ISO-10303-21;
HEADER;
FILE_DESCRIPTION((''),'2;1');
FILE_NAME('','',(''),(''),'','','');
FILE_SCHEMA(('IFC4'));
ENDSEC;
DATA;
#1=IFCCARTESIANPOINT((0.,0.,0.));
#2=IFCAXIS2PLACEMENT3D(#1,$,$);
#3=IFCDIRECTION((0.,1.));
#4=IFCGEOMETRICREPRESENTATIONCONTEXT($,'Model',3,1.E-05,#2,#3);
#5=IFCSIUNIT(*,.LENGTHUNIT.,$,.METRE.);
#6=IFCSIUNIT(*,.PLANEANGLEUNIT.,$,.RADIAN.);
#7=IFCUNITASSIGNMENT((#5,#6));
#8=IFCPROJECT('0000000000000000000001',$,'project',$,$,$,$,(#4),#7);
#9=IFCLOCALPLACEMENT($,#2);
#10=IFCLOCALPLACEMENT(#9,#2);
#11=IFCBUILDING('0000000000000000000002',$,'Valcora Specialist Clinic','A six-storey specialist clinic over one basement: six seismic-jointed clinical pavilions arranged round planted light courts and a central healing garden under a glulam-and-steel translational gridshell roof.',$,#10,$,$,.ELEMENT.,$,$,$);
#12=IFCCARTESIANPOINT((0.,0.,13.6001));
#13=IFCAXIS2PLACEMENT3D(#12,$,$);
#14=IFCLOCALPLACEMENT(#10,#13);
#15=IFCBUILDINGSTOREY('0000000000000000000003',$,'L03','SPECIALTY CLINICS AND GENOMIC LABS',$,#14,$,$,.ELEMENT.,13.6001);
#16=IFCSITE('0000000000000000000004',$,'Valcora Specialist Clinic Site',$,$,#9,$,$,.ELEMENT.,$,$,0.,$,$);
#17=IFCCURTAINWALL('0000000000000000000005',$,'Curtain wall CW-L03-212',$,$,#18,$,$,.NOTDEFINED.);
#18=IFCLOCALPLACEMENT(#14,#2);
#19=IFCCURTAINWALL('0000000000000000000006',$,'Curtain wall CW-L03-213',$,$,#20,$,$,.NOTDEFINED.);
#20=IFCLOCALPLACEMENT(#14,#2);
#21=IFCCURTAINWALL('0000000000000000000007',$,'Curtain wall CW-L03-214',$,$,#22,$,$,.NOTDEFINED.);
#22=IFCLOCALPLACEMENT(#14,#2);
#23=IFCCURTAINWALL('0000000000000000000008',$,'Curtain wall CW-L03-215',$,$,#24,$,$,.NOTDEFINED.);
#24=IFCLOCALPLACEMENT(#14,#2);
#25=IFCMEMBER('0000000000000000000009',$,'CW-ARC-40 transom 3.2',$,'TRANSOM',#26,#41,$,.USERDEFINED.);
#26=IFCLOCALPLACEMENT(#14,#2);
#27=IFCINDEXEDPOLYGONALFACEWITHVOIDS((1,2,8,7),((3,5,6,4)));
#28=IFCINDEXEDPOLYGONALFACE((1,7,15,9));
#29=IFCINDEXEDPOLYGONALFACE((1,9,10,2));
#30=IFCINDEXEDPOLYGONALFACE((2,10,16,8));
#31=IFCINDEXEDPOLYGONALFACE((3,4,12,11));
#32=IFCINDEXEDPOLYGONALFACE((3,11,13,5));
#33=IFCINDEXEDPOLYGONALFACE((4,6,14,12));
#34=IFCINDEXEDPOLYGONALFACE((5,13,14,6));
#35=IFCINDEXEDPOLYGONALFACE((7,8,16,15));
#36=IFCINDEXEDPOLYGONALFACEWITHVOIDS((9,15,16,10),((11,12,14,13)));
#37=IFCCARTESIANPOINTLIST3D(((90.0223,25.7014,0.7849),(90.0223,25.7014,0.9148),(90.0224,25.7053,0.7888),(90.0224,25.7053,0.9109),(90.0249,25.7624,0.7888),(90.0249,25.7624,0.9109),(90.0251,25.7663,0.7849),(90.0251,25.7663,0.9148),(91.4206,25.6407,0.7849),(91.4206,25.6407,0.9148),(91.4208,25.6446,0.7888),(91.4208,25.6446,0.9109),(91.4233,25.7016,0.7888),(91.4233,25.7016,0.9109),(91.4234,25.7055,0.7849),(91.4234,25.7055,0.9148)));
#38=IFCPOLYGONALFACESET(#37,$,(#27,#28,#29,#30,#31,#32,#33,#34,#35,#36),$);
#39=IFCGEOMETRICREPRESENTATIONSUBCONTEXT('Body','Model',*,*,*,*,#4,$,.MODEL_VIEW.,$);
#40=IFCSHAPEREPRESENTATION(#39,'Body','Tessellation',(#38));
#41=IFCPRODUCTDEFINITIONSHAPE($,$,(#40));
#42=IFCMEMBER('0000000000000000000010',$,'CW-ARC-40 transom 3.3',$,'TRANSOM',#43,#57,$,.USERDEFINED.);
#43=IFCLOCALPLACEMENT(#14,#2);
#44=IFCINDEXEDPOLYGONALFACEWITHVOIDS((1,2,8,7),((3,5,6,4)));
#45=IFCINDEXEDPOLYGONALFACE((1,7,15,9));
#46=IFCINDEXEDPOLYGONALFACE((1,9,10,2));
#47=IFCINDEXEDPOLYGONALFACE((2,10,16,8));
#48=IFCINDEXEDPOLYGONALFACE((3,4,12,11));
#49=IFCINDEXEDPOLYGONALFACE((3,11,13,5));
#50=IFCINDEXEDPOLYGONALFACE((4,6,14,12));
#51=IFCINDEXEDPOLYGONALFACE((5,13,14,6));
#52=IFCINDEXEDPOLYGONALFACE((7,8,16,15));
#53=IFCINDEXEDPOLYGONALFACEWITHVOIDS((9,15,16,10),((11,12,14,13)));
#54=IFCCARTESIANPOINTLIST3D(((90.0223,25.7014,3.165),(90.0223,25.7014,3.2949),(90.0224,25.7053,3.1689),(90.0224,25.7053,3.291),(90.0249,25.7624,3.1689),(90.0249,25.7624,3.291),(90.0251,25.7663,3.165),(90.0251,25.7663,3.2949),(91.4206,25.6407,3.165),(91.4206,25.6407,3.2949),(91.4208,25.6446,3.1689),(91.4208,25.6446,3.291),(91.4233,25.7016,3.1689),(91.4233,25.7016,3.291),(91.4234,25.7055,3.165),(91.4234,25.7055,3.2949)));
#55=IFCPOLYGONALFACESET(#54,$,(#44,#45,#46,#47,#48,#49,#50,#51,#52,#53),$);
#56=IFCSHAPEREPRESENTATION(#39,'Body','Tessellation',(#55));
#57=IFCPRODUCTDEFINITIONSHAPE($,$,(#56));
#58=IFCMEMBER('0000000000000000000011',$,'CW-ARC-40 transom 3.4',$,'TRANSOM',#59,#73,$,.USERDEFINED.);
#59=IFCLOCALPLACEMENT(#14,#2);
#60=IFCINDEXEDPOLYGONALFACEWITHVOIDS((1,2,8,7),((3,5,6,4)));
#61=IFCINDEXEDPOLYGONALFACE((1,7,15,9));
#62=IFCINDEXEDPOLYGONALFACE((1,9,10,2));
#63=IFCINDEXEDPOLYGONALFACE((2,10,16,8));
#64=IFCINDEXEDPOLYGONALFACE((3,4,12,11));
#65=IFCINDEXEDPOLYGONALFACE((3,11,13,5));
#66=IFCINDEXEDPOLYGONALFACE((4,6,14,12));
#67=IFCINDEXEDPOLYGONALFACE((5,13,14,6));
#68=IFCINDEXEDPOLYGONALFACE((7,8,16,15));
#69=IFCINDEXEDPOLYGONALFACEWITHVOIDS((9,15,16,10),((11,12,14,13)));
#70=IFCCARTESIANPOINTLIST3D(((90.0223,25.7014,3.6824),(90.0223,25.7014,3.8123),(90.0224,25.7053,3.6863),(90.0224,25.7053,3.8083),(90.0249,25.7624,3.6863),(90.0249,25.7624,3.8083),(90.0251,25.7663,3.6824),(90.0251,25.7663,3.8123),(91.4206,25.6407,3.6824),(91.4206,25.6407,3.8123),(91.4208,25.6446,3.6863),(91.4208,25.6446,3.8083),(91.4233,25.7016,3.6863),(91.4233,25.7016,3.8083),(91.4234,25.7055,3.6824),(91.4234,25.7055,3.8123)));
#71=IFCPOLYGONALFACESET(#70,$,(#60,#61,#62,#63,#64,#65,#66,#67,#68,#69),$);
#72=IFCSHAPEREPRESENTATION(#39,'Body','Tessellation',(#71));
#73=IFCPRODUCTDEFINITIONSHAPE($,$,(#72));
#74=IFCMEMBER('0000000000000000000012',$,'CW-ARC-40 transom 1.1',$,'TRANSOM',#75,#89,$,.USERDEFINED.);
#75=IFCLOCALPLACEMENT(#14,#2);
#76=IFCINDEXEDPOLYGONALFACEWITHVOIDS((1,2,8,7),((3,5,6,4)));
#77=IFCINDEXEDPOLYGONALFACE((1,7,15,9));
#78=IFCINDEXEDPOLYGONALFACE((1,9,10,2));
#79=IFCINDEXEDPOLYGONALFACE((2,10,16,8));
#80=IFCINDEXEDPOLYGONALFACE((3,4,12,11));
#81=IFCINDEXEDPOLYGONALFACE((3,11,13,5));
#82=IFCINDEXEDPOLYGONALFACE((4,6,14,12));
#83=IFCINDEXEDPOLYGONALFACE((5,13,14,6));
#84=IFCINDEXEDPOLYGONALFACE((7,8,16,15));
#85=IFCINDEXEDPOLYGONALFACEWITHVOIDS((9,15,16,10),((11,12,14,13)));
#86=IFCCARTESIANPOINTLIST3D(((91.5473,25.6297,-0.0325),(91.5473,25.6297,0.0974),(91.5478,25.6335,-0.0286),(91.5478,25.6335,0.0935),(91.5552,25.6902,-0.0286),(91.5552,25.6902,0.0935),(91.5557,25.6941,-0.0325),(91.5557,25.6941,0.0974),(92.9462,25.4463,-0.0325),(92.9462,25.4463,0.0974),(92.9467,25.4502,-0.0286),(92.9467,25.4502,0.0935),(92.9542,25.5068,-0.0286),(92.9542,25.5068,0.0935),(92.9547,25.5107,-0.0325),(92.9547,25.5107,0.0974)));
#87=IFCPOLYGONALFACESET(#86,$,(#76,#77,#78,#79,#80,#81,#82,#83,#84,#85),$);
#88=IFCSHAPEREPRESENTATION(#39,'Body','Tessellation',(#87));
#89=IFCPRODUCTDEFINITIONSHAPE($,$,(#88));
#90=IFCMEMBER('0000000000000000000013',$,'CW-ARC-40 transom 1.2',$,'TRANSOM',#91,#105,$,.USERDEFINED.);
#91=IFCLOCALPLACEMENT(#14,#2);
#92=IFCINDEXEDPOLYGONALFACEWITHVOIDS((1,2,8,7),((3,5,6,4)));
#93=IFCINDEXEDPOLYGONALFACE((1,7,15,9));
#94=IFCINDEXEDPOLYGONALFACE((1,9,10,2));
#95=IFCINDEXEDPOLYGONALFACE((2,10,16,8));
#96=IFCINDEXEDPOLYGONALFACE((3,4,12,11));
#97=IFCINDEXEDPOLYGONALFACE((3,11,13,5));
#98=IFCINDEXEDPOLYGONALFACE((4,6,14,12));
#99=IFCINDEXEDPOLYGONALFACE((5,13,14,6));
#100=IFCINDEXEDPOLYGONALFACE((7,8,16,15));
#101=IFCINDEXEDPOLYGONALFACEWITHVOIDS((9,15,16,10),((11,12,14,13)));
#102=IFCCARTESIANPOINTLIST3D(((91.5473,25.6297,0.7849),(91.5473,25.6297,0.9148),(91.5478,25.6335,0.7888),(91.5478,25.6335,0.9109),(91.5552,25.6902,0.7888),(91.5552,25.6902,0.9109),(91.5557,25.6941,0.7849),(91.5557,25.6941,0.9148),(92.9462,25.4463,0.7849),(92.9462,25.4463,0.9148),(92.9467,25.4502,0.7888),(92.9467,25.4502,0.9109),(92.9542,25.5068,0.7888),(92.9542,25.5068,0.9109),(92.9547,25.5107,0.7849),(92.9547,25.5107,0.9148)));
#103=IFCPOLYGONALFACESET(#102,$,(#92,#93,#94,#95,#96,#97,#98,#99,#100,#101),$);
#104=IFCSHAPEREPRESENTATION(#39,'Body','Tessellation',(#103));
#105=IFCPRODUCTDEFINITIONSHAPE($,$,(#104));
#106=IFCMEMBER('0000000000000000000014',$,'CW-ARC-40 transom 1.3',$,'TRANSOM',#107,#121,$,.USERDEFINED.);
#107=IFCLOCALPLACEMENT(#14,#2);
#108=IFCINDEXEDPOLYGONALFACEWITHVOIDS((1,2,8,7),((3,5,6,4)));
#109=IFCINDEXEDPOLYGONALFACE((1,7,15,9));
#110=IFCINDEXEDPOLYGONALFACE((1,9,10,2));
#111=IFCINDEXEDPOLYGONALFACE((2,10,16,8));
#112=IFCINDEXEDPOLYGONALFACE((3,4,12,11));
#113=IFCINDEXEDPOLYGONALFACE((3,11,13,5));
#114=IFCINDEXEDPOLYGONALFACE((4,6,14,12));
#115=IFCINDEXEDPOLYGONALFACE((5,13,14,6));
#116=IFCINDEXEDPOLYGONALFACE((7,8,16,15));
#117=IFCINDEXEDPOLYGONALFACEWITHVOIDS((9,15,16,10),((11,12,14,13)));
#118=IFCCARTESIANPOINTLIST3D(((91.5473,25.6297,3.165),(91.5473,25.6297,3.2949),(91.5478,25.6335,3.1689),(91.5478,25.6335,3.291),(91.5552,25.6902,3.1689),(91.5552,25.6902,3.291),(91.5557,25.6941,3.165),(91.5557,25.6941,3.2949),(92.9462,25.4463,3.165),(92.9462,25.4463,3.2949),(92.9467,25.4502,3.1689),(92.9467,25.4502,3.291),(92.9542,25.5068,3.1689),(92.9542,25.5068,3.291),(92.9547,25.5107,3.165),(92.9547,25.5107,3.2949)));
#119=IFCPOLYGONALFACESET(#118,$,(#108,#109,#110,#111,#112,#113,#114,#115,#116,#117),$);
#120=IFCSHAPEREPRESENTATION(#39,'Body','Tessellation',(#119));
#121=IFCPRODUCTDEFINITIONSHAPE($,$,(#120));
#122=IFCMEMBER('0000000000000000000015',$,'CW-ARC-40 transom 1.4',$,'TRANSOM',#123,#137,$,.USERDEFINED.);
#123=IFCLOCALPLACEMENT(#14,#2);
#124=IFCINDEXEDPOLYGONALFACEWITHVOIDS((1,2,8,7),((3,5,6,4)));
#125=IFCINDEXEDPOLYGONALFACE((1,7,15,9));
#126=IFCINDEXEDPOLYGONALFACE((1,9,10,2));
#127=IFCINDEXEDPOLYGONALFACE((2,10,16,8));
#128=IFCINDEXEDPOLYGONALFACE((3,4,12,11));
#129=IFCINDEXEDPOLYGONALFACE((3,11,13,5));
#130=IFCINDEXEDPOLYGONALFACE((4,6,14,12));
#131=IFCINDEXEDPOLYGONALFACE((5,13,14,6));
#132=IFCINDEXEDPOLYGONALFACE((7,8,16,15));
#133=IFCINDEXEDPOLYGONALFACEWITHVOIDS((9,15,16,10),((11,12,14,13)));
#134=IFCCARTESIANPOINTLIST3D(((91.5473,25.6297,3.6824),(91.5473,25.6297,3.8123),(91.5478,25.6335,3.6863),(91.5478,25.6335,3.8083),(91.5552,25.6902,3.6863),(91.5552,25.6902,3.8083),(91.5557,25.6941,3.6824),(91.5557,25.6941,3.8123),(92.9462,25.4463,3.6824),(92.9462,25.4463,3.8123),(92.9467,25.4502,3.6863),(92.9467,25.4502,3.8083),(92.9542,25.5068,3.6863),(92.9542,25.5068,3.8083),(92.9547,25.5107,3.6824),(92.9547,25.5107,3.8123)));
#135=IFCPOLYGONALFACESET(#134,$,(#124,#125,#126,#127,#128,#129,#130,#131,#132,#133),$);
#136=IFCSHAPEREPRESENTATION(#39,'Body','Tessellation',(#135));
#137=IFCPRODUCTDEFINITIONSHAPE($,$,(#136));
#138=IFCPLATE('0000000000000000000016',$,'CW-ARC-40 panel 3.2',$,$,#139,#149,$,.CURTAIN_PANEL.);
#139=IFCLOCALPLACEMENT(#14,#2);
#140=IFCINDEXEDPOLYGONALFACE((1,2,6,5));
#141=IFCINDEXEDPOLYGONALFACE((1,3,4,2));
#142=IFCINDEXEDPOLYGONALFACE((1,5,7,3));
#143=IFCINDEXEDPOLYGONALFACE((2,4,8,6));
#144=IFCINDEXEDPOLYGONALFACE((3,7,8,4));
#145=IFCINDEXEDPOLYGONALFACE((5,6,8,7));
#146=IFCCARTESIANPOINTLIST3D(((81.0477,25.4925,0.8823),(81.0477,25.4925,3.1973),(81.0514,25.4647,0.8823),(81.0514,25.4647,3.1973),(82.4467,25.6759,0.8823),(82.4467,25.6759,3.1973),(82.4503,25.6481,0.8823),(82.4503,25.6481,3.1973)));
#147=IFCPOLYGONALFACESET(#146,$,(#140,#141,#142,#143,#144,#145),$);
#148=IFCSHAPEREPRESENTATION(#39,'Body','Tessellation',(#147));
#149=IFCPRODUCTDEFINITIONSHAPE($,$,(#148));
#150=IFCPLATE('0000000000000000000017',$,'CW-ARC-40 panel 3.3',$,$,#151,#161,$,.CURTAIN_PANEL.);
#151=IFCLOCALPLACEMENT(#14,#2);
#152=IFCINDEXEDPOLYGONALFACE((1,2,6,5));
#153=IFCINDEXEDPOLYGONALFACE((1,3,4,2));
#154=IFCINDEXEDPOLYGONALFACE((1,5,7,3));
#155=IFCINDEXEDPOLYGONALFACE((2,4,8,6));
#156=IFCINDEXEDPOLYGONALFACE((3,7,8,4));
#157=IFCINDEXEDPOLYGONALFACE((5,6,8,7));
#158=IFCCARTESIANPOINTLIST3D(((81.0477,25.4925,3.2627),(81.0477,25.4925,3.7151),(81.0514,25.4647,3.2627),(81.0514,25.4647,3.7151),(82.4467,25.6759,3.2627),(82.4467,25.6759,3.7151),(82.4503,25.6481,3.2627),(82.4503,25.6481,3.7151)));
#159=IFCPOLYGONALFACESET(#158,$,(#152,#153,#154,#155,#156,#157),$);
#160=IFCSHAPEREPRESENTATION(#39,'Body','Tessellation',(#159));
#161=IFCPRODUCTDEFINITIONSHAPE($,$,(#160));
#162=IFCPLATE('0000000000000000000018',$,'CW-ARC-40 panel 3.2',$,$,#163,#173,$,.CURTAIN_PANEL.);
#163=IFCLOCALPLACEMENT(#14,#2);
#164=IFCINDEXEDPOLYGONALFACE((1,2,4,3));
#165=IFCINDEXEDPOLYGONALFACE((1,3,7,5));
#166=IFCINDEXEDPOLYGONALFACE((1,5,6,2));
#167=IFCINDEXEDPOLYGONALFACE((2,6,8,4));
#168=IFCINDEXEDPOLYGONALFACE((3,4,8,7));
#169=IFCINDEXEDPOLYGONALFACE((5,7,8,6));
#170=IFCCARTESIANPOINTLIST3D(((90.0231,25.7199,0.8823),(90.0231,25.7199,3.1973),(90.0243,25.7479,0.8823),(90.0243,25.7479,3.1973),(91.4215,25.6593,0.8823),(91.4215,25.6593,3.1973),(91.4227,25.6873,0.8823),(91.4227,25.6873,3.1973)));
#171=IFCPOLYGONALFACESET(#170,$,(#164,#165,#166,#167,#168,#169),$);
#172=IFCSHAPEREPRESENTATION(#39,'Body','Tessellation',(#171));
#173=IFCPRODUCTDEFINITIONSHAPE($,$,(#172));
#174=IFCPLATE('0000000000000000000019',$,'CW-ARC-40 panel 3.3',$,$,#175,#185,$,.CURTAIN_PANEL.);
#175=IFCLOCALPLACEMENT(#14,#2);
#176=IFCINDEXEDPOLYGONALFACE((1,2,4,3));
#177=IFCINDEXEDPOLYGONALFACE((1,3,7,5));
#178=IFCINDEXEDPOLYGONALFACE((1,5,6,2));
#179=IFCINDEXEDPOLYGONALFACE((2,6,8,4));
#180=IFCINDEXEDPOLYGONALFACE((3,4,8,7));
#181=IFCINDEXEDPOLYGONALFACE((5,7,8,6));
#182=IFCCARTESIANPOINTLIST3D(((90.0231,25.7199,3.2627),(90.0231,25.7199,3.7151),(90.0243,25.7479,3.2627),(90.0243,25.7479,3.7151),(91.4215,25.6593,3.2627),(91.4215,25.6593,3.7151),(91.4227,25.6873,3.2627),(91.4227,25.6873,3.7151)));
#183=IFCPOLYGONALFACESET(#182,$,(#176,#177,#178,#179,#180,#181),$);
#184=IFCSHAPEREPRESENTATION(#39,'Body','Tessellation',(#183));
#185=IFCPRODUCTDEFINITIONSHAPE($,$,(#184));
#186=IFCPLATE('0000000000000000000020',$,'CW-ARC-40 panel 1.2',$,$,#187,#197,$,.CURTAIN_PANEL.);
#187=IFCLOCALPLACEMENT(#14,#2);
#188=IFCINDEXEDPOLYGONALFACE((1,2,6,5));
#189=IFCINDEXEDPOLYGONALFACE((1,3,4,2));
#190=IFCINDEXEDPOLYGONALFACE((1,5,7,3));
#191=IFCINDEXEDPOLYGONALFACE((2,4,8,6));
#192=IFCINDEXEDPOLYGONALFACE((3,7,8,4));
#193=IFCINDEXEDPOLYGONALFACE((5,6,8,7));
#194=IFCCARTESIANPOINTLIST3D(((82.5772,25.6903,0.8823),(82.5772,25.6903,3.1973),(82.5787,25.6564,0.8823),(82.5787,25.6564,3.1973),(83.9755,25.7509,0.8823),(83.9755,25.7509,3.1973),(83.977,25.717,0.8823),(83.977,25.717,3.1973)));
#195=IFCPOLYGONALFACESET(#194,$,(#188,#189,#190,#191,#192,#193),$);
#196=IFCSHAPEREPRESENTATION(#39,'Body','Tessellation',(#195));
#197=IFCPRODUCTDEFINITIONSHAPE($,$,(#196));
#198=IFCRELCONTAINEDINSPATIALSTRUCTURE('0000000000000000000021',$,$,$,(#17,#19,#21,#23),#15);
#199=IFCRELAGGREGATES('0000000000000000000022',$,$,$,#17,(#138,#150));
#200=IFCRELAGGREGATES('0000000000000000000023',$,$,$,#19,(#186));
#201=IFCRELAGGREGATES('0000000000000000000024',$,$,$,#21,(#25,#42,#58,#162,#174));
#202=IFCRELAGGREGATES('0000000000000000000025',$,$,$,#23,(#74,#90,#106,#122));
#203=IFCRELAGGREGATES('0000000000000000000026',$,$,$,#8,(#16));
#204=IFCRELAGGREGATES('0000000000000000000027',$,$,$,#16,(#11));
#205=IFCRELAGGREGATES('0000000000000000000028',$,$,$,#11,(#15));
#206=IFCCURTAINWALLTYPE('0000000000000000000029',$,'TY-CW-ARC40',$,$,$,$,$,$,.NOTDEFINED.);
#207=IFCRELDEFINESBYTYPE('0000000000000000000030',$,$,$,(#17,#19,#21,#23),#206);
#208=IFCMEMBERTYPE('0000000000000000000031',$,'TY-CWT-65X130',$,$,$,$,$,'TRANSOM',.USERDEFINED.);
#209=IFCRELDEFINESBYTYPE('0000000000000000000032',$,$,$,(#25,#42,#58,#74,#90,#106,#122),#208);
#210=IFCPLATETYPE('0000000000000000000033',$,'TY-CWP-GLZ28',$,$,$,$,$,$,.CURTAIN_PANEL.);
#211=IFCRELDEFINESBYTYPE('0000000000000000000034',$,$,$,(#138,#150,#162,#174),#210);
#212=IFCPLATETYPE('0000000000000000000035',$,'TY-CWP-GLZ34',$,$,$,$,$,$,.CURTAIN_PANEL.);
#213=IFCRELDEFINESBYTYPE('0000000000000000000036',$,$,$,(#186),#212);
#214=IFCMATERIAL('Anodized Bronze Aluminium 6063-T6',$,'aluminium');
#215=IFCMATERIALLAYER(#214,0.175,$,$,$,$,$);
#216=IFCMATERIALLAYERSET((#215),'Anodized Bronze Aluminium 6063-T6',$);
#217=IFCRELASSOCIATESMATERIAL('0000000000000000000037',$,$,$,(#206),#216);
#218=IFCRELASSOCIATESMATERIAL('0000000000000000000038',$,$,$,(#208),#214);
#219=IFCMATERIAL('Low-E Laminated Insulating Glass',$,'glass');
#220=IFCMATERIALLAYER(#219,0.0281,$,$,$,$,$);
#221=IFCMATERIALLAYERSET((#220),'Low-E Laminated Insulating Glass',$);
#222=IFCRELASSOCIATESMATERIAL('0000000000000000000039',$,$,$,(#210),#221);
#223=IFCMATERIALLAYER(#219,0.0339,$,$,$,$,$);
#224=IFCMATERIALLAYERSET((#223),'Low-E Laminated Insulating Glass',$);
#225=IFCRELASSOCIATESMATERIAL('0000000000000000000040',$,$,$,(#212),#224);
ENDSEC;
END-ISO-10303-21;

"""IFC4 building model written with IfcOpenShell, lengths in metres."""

from ifc_helpers import new_model, si_unit, direction, frame, origin, origin_2d, place, context, subcontext, project, spatial, rectangle, hollow_rectangle, extrude, material, layer, layer_set, material_profile, profile_set, type_object, element, aggregate, save


model = new_model("IFC4")

# Units and contexts
model_context = context("Model", 3, precision=1e-05, world=origin(), true_north=direction((0.0, 1.0)))
body_context = subcontext(model_context, "Body", "Model", "MODEL_VIEW")
ifc_project = project(units=[si_unit("LENGTHUNIT", "METRE"), si_unit("PLANEANGLEUNIT", "RADIAN")], contexts=[model_context])

# Site, building, storey
site_placement = place(None, origin())
site = spatial("IfcSite", under=ifc_project, at=site_placement, Name="Valcora Specialist Clinic Site", CompositionType="ELEMENT", RefElevation=0.0)
building_placement = place(site_placement, origin())
building = spatial("IfcBuilding", under=site, at=building_placement, Name="Valcora Specialist Clinic", Description="A six-storey specialist clinic over one basement: six seismic-jointed clinical pavilions arranged round planted light courts and a central healing garden under a glulam-and-steel translational gridshell roof.", CompositionType="ELEMENT")
storey_placement = place(building_placement, frame((0.0, 0.0, 13.6001)))
storey = spatial("IfcBuildingStorey", under=building, at=storey_placement, Name="L03", Description="SPECIALTY CLINICS AND GENOMIC LABS", CompositionType="ELEMENT", Elevation=13.6001)

# Curtain walls
ifc_material_1 = material(Name="Anodized Bronze Aluminium 6063-T6", Category="aluminium")
ifc_layer_1 = layer(ifc_material_1, 0.175)
ifc_layer_set_1 = layer_set([ifc_layer_1], Name="Anodized Bronze Aluminium 6063-T6")
curtain_wall_type = type_object("IfcCurtainWallType", Name="TY-CW-ARC40", PredefinedType="NOTDEFINED", material=ifc_layer_set_1)
curtain_wall_1_placement = place(storey_placement, origin())
curtain_wall_1 = element("IfcCurtainWall", 1, at=curtain_wall_1_placement, inside=storey, type_object=curtain_wall_type, Name="Curtain wall CW-L03-212", PredefinedType="NOTDEFINED")
curtain_wall_2_placement = place(storey_placement, origin())
curtain_wall_2 = element("IfcCurtainWall", 2, at=curtain_wall_2_placement, inside=storey, type_object=curtain_wall_type, Name="Curtain wall CW-L03-213", PredefinedType="NOTDEFINED")
curtain_wall_3_placement = place(storey_placement, origin())
curtain_wall_3 = element("IfcCurtainWall", 3, at=curtain_wall_3_placement, inside=storey, type_object=curtain_wall_type, Name="Curtain wall CW-L03-214", PredefinedType="NOTDEFINED")
curtain_wall_4_placement = place(storey_placement, origin())
curtain_wall_4 = element("IfcCurtainWall", 4, at=curtain_wall_4_placement, inside=storey, type_object=curtain_wall_type, Name="Curtain wall CW-L03-215", PredefinedType="NOTDEFINED")

# Members
ifc_material_profile_1 = material_profile(ifc_material_1, hollow_rectangle(XDim=0.0649, YDim=0.1299, WallThickness=0.0039, at=origin_2d()), Name="AL-TRN-65X130")
ifc_profile_set_1 = profile_set([ifc_material_profile_1], Name="Anodized Bronze Aluminium 6063-T6")
member_type_1 = type_object("IfcMemberType", Name="TY-CWT-65X130", ElementType="TRANSOM", PredefinedType="USERDEFINED", material=ifc_profile_set_1)
member_1_placement = place(storey_placement, frame((90.0237, 25.7339, 0.8499), z_axis=(0.999056, -0.04343, 0.0), x_axis=(0.04343, 0.999056, 0.0)))
member_1 = element("IfcMember", 5, at=member_1_placement, type_object=member_type_1, Name="CW-ARC-40 transom 3.2", ObjectType="TRANSOM", PredefinedType="USERDEFINED", context=body_context, shape_type="SweptSolid", body=[
    extrude(hollow_rectangle(XDim=0.0649, YDim=0.1299, WallThickness=0.0039, at=origin_2d()), origin(), (0.0, 0.0, 1.0), 1.3997),
])
member_2_placement = place(storey_placement, frame((90.0237, 25.7339, 3.23), z_axis=(0.999056, -0.04343, 0.0), x_axis=(0.04343, 0.999056, 0.0)))
member_2 = element("IfcMember", 6, at=member_2_placement, type_object=member_type_1, Name="CW-ARC-40 transom 3.3", ObjectType="TRANSOM", PredefinedType="USERDEFINED", context=body_context, shape_type="SweptSolid", body=[
    extrude(hollow_rectangle(XDim=0.0649, YDim=0.1299, WallThickness=0.0039, at=origin_2d()), origin(), (0.0, 0.0, 1.0), 1.3997),
])
member_3_placement = place(storey_placement, frame((90.0237, 25.7339, 3.7473), z_axis=(0.999056, -0.04343, 0.0), x_axis=(0.04343, 0.999056, 0.0)))
member_3 = element("IfcMember", 7, at=member_3_placement, type_object=member_type_1, Name="CW-ARC-40 transom 3.4", ObjectType="TRANSOM", PredefinedType="USERDEFINED", context=body_context, shape_type="SweptSolid", body=[
    extrude(hollow_rectangle(XDim=0.0649, YDim=0.1299, WallThickness=0.0039, at=origin_2d()), origin(), (0.0, 0.0, 1.0), 1.3997),
])
member_4_placement = place(storey_placement, frame((91.5515, 25.6619, 0.0325), z_axis=(0.99152, -0.129953, 0.0), x_axis=(0.129953, 0.99152, 0.0)))
member_4 = element("IfcMember", 8, at=member_4_placement, type_object=member_type_1, Name="CW-ARC-40 transom 1.1", ObjectType="TRANSOM", PredefinedType="USERDEFINED", context=body_context, shape_type="SweptSolid", body=[
    extrude(hollow_rectangle(XDim=0.0649, YDim=0.1299, WallThickness=0.0039, at=origin_2d()), origin(), (0.0, 0.0, 1.0), 1.4109),
])
member_5_placement = place(storey_placement, frame((91.5515, 25.6619, 0.8499), z_axis=(0.99152, -0.129953, 0.0), x_axis=(0.129953, 0.99152, 0.0)))
member_5 = element("IfcMember", 9, at=member_5_placement, type_object=member_type_1, Name="CW-ARC-40 transom 1.2", ObjectType="TRANSOM", PredefinedType="USERDEFINED", context=body_context, shape_type="SweptSolid", body=[
    extrude(hollow_rectangle(XDim=0.0649, YDim=0.1299, WallThickness=0.0039, at=origin_2d()), origin(), (0.0, 0.0, 1.0), 1.4109),
])
member_6_placement = place(storey_placement, frame((91.5515, 25.6619, 3.23), z_axis=(0.99152, -0.129953, 0.0), x_axis=(0.129953, 0.99152, 0.0)))
member_6 = element("IfcMember", 10, at=member_6_placement, type_object=member_type_1, Name="CW-ARC-40 transom 1.3", ObjectType="TRANSOM", PredefinedType="USERDEFINED", context=body_context, shape_type="SweptSolid", body=[
    extrude(hollow_rectangle(XDim=0.0649, YDim=0.1299, WallThickness=0.0039, at=origin_2d()), origin(), (0.0, 0.0, 1.0), 1.4109),
])
member_7_placement = place(storey_placement, frame((91.5515, 25.6619, 3.7473), z_axis=(0.99152, -0.129953, 0.0), x_axis=(0.129953, 0.99152, 0.0)))
member_7 = element("IfcMember", 11, at=member_7_placement, type_object=member_type_1, Name="CW-ARC-40 transom 1.4", ObjectType="TRANSOM", PredefinedType="USERDEFINED", context=body_context, shape_type="SweptSolid", body=[
    extrude(hollow_rectangle(XDim=0.0649, YDim=0.1299, WallThickness=0.0039, at=origin_2d()), origin(), (0.0, 0.0, 1.0), 1.4109),
])

# Plates
ifc_material_2 = material(Name="Low-E Laminated Insulating Glass", Category="glass")
ifc_layer_2 = layer(ifc_material_2, 0.0281)
ifc_layer_set_2 = layer_set([ifc_layer_2], Name="Low-E Laminated Insulating Glass")
plate_type_1 = type_object("IfcPlateType", Name="TY-CWP-GLZ28", PredefinedType="CURTAIN_PANEL", material=ifc_layer_set_2)
plate_1_placement = place(storey_placement, frame((81.749, 25.5703, 0.8823), z_axis=(0.0, 0.0, 1.0), x_axis=(0.991514, 0.129999, 0.0)))
plate_1 = element("IfcPlate", 12, at=plate_1_placement, type_object=plate_type_1, Name="CW-ARC-40 panel 3.2", PredefinedType="CURTAIN_PANEL", context=body_context, shape_type="SweptSolid", body=[
    extrude(rectangle(XDim=1.4109, YDim=0.0281, at=origin_2d()), origin(), (0.0, 0.0, 1.0), 2.3149),
])
plate_2_placement = place(storey_placement, frame((81.749, 25.5703, 3.2627), z_axis=(0.0, 0.0, 1.0), x_axis=(0.991514, 0.129999, 0.0)))
plate_2 = element("IfcPlate", 13, at=plate_2_placement, type_object=plate_type_1, Name="CW-ARC-40 panel 3.3", PredefinedType="CURTAIN_PANEL", context=body_context, shape_type="SweptSolid", body=[
    extrude(rectangle(XDim=1.4109, YDim=0.0281, at=origin_2d()), origin(), (0.0, 0.0, 1.0), 0.4524),
])
plate_3_placement = place(storey_placement, frame((90.7229, 25.7036, 0.8823), z_axis=(0.0, 0.0, 1.0), x_axis=(0.999062, -0.043307, 0.0)))
plate_3 = element("IfcPlate", 14, at=plate_3_placement, type_object=plate_type_1, Name="CW-ARC-40 panel 3.2", PredefinedType="CURTAIN_PANEL", context=body_context, shape_type="SweptSolid", body=[
    extrude(rectangle(XDim=1.3997, YDim=0.0281, at=origin_2d()), origin(), (0.0, 0.0, 1.0), 2.3149),
])
plate_4_placement = place(storey_placement, frame((90.7229, 25.7036, 3.2627), z_axis=(0.0, 0.0, 1.0), x_axis=(0.999062, -0.043307, 0.0)))
plate_4 = element("IfcPlate", 15, at=plate_4_placement, type_object=plate_type_1, Name="CW-ARC-40 panel 3.3", PredefinedType="CURTAIN_PANEL", context=body_context, shape_type="SweptSolid", body=[
    extrude(rectangle(XDim=1.3997, YDim=0.0281, at=origin_2d()), origin(), (0.0, 0.0, 1.0), 0.4524),
])
ifc_layer_3 = layer(ifc_material_2, 0.0339)
ifc_layer_set_3 = layer_set([ifc_layer_3], Name="Low-E Laminated Insulating Glass")
plate_type_2 = type_object("IfcPlateType", Name="TY-CWP-GLZ34", PredefinedType="CURTAIN_PANEL", material=ifc_layer_set_3)
plate_5_placement = place(storey_placement, frame((83.2771, 25.7036, 0.8823), z_axis=(0.0, 0.0, 1.0), x_axis=(0.999062, 0.043307, 0.0)))
plate_5 = element("IfcPlate", 16, at=plate_5_placement, type_object=plate_type_2, Name="CW-ARC-40 panel 1.2", PredefinedType="CURTAIN_PANEL", context=body_context, shape_type="SweptSolid", body=[
    extrude(rectangle(XDim=1.3997, YDim=0.0339, at=origin_2d()), origin(), (0.0, 0.0, 1.0), 2.3149),
])
aggregate(curtain_wall_1, [plate_1, plate_2])
aggregate(curtain_wall_2, [plate_5])
aggregate(curtain_wall_3, [member_1, member_2, member_3, plate_3, plate_4])
aggregate(curtain_wall_4, [member_4, member_5, member_6, member_7])

save(model, "model.ifc")
